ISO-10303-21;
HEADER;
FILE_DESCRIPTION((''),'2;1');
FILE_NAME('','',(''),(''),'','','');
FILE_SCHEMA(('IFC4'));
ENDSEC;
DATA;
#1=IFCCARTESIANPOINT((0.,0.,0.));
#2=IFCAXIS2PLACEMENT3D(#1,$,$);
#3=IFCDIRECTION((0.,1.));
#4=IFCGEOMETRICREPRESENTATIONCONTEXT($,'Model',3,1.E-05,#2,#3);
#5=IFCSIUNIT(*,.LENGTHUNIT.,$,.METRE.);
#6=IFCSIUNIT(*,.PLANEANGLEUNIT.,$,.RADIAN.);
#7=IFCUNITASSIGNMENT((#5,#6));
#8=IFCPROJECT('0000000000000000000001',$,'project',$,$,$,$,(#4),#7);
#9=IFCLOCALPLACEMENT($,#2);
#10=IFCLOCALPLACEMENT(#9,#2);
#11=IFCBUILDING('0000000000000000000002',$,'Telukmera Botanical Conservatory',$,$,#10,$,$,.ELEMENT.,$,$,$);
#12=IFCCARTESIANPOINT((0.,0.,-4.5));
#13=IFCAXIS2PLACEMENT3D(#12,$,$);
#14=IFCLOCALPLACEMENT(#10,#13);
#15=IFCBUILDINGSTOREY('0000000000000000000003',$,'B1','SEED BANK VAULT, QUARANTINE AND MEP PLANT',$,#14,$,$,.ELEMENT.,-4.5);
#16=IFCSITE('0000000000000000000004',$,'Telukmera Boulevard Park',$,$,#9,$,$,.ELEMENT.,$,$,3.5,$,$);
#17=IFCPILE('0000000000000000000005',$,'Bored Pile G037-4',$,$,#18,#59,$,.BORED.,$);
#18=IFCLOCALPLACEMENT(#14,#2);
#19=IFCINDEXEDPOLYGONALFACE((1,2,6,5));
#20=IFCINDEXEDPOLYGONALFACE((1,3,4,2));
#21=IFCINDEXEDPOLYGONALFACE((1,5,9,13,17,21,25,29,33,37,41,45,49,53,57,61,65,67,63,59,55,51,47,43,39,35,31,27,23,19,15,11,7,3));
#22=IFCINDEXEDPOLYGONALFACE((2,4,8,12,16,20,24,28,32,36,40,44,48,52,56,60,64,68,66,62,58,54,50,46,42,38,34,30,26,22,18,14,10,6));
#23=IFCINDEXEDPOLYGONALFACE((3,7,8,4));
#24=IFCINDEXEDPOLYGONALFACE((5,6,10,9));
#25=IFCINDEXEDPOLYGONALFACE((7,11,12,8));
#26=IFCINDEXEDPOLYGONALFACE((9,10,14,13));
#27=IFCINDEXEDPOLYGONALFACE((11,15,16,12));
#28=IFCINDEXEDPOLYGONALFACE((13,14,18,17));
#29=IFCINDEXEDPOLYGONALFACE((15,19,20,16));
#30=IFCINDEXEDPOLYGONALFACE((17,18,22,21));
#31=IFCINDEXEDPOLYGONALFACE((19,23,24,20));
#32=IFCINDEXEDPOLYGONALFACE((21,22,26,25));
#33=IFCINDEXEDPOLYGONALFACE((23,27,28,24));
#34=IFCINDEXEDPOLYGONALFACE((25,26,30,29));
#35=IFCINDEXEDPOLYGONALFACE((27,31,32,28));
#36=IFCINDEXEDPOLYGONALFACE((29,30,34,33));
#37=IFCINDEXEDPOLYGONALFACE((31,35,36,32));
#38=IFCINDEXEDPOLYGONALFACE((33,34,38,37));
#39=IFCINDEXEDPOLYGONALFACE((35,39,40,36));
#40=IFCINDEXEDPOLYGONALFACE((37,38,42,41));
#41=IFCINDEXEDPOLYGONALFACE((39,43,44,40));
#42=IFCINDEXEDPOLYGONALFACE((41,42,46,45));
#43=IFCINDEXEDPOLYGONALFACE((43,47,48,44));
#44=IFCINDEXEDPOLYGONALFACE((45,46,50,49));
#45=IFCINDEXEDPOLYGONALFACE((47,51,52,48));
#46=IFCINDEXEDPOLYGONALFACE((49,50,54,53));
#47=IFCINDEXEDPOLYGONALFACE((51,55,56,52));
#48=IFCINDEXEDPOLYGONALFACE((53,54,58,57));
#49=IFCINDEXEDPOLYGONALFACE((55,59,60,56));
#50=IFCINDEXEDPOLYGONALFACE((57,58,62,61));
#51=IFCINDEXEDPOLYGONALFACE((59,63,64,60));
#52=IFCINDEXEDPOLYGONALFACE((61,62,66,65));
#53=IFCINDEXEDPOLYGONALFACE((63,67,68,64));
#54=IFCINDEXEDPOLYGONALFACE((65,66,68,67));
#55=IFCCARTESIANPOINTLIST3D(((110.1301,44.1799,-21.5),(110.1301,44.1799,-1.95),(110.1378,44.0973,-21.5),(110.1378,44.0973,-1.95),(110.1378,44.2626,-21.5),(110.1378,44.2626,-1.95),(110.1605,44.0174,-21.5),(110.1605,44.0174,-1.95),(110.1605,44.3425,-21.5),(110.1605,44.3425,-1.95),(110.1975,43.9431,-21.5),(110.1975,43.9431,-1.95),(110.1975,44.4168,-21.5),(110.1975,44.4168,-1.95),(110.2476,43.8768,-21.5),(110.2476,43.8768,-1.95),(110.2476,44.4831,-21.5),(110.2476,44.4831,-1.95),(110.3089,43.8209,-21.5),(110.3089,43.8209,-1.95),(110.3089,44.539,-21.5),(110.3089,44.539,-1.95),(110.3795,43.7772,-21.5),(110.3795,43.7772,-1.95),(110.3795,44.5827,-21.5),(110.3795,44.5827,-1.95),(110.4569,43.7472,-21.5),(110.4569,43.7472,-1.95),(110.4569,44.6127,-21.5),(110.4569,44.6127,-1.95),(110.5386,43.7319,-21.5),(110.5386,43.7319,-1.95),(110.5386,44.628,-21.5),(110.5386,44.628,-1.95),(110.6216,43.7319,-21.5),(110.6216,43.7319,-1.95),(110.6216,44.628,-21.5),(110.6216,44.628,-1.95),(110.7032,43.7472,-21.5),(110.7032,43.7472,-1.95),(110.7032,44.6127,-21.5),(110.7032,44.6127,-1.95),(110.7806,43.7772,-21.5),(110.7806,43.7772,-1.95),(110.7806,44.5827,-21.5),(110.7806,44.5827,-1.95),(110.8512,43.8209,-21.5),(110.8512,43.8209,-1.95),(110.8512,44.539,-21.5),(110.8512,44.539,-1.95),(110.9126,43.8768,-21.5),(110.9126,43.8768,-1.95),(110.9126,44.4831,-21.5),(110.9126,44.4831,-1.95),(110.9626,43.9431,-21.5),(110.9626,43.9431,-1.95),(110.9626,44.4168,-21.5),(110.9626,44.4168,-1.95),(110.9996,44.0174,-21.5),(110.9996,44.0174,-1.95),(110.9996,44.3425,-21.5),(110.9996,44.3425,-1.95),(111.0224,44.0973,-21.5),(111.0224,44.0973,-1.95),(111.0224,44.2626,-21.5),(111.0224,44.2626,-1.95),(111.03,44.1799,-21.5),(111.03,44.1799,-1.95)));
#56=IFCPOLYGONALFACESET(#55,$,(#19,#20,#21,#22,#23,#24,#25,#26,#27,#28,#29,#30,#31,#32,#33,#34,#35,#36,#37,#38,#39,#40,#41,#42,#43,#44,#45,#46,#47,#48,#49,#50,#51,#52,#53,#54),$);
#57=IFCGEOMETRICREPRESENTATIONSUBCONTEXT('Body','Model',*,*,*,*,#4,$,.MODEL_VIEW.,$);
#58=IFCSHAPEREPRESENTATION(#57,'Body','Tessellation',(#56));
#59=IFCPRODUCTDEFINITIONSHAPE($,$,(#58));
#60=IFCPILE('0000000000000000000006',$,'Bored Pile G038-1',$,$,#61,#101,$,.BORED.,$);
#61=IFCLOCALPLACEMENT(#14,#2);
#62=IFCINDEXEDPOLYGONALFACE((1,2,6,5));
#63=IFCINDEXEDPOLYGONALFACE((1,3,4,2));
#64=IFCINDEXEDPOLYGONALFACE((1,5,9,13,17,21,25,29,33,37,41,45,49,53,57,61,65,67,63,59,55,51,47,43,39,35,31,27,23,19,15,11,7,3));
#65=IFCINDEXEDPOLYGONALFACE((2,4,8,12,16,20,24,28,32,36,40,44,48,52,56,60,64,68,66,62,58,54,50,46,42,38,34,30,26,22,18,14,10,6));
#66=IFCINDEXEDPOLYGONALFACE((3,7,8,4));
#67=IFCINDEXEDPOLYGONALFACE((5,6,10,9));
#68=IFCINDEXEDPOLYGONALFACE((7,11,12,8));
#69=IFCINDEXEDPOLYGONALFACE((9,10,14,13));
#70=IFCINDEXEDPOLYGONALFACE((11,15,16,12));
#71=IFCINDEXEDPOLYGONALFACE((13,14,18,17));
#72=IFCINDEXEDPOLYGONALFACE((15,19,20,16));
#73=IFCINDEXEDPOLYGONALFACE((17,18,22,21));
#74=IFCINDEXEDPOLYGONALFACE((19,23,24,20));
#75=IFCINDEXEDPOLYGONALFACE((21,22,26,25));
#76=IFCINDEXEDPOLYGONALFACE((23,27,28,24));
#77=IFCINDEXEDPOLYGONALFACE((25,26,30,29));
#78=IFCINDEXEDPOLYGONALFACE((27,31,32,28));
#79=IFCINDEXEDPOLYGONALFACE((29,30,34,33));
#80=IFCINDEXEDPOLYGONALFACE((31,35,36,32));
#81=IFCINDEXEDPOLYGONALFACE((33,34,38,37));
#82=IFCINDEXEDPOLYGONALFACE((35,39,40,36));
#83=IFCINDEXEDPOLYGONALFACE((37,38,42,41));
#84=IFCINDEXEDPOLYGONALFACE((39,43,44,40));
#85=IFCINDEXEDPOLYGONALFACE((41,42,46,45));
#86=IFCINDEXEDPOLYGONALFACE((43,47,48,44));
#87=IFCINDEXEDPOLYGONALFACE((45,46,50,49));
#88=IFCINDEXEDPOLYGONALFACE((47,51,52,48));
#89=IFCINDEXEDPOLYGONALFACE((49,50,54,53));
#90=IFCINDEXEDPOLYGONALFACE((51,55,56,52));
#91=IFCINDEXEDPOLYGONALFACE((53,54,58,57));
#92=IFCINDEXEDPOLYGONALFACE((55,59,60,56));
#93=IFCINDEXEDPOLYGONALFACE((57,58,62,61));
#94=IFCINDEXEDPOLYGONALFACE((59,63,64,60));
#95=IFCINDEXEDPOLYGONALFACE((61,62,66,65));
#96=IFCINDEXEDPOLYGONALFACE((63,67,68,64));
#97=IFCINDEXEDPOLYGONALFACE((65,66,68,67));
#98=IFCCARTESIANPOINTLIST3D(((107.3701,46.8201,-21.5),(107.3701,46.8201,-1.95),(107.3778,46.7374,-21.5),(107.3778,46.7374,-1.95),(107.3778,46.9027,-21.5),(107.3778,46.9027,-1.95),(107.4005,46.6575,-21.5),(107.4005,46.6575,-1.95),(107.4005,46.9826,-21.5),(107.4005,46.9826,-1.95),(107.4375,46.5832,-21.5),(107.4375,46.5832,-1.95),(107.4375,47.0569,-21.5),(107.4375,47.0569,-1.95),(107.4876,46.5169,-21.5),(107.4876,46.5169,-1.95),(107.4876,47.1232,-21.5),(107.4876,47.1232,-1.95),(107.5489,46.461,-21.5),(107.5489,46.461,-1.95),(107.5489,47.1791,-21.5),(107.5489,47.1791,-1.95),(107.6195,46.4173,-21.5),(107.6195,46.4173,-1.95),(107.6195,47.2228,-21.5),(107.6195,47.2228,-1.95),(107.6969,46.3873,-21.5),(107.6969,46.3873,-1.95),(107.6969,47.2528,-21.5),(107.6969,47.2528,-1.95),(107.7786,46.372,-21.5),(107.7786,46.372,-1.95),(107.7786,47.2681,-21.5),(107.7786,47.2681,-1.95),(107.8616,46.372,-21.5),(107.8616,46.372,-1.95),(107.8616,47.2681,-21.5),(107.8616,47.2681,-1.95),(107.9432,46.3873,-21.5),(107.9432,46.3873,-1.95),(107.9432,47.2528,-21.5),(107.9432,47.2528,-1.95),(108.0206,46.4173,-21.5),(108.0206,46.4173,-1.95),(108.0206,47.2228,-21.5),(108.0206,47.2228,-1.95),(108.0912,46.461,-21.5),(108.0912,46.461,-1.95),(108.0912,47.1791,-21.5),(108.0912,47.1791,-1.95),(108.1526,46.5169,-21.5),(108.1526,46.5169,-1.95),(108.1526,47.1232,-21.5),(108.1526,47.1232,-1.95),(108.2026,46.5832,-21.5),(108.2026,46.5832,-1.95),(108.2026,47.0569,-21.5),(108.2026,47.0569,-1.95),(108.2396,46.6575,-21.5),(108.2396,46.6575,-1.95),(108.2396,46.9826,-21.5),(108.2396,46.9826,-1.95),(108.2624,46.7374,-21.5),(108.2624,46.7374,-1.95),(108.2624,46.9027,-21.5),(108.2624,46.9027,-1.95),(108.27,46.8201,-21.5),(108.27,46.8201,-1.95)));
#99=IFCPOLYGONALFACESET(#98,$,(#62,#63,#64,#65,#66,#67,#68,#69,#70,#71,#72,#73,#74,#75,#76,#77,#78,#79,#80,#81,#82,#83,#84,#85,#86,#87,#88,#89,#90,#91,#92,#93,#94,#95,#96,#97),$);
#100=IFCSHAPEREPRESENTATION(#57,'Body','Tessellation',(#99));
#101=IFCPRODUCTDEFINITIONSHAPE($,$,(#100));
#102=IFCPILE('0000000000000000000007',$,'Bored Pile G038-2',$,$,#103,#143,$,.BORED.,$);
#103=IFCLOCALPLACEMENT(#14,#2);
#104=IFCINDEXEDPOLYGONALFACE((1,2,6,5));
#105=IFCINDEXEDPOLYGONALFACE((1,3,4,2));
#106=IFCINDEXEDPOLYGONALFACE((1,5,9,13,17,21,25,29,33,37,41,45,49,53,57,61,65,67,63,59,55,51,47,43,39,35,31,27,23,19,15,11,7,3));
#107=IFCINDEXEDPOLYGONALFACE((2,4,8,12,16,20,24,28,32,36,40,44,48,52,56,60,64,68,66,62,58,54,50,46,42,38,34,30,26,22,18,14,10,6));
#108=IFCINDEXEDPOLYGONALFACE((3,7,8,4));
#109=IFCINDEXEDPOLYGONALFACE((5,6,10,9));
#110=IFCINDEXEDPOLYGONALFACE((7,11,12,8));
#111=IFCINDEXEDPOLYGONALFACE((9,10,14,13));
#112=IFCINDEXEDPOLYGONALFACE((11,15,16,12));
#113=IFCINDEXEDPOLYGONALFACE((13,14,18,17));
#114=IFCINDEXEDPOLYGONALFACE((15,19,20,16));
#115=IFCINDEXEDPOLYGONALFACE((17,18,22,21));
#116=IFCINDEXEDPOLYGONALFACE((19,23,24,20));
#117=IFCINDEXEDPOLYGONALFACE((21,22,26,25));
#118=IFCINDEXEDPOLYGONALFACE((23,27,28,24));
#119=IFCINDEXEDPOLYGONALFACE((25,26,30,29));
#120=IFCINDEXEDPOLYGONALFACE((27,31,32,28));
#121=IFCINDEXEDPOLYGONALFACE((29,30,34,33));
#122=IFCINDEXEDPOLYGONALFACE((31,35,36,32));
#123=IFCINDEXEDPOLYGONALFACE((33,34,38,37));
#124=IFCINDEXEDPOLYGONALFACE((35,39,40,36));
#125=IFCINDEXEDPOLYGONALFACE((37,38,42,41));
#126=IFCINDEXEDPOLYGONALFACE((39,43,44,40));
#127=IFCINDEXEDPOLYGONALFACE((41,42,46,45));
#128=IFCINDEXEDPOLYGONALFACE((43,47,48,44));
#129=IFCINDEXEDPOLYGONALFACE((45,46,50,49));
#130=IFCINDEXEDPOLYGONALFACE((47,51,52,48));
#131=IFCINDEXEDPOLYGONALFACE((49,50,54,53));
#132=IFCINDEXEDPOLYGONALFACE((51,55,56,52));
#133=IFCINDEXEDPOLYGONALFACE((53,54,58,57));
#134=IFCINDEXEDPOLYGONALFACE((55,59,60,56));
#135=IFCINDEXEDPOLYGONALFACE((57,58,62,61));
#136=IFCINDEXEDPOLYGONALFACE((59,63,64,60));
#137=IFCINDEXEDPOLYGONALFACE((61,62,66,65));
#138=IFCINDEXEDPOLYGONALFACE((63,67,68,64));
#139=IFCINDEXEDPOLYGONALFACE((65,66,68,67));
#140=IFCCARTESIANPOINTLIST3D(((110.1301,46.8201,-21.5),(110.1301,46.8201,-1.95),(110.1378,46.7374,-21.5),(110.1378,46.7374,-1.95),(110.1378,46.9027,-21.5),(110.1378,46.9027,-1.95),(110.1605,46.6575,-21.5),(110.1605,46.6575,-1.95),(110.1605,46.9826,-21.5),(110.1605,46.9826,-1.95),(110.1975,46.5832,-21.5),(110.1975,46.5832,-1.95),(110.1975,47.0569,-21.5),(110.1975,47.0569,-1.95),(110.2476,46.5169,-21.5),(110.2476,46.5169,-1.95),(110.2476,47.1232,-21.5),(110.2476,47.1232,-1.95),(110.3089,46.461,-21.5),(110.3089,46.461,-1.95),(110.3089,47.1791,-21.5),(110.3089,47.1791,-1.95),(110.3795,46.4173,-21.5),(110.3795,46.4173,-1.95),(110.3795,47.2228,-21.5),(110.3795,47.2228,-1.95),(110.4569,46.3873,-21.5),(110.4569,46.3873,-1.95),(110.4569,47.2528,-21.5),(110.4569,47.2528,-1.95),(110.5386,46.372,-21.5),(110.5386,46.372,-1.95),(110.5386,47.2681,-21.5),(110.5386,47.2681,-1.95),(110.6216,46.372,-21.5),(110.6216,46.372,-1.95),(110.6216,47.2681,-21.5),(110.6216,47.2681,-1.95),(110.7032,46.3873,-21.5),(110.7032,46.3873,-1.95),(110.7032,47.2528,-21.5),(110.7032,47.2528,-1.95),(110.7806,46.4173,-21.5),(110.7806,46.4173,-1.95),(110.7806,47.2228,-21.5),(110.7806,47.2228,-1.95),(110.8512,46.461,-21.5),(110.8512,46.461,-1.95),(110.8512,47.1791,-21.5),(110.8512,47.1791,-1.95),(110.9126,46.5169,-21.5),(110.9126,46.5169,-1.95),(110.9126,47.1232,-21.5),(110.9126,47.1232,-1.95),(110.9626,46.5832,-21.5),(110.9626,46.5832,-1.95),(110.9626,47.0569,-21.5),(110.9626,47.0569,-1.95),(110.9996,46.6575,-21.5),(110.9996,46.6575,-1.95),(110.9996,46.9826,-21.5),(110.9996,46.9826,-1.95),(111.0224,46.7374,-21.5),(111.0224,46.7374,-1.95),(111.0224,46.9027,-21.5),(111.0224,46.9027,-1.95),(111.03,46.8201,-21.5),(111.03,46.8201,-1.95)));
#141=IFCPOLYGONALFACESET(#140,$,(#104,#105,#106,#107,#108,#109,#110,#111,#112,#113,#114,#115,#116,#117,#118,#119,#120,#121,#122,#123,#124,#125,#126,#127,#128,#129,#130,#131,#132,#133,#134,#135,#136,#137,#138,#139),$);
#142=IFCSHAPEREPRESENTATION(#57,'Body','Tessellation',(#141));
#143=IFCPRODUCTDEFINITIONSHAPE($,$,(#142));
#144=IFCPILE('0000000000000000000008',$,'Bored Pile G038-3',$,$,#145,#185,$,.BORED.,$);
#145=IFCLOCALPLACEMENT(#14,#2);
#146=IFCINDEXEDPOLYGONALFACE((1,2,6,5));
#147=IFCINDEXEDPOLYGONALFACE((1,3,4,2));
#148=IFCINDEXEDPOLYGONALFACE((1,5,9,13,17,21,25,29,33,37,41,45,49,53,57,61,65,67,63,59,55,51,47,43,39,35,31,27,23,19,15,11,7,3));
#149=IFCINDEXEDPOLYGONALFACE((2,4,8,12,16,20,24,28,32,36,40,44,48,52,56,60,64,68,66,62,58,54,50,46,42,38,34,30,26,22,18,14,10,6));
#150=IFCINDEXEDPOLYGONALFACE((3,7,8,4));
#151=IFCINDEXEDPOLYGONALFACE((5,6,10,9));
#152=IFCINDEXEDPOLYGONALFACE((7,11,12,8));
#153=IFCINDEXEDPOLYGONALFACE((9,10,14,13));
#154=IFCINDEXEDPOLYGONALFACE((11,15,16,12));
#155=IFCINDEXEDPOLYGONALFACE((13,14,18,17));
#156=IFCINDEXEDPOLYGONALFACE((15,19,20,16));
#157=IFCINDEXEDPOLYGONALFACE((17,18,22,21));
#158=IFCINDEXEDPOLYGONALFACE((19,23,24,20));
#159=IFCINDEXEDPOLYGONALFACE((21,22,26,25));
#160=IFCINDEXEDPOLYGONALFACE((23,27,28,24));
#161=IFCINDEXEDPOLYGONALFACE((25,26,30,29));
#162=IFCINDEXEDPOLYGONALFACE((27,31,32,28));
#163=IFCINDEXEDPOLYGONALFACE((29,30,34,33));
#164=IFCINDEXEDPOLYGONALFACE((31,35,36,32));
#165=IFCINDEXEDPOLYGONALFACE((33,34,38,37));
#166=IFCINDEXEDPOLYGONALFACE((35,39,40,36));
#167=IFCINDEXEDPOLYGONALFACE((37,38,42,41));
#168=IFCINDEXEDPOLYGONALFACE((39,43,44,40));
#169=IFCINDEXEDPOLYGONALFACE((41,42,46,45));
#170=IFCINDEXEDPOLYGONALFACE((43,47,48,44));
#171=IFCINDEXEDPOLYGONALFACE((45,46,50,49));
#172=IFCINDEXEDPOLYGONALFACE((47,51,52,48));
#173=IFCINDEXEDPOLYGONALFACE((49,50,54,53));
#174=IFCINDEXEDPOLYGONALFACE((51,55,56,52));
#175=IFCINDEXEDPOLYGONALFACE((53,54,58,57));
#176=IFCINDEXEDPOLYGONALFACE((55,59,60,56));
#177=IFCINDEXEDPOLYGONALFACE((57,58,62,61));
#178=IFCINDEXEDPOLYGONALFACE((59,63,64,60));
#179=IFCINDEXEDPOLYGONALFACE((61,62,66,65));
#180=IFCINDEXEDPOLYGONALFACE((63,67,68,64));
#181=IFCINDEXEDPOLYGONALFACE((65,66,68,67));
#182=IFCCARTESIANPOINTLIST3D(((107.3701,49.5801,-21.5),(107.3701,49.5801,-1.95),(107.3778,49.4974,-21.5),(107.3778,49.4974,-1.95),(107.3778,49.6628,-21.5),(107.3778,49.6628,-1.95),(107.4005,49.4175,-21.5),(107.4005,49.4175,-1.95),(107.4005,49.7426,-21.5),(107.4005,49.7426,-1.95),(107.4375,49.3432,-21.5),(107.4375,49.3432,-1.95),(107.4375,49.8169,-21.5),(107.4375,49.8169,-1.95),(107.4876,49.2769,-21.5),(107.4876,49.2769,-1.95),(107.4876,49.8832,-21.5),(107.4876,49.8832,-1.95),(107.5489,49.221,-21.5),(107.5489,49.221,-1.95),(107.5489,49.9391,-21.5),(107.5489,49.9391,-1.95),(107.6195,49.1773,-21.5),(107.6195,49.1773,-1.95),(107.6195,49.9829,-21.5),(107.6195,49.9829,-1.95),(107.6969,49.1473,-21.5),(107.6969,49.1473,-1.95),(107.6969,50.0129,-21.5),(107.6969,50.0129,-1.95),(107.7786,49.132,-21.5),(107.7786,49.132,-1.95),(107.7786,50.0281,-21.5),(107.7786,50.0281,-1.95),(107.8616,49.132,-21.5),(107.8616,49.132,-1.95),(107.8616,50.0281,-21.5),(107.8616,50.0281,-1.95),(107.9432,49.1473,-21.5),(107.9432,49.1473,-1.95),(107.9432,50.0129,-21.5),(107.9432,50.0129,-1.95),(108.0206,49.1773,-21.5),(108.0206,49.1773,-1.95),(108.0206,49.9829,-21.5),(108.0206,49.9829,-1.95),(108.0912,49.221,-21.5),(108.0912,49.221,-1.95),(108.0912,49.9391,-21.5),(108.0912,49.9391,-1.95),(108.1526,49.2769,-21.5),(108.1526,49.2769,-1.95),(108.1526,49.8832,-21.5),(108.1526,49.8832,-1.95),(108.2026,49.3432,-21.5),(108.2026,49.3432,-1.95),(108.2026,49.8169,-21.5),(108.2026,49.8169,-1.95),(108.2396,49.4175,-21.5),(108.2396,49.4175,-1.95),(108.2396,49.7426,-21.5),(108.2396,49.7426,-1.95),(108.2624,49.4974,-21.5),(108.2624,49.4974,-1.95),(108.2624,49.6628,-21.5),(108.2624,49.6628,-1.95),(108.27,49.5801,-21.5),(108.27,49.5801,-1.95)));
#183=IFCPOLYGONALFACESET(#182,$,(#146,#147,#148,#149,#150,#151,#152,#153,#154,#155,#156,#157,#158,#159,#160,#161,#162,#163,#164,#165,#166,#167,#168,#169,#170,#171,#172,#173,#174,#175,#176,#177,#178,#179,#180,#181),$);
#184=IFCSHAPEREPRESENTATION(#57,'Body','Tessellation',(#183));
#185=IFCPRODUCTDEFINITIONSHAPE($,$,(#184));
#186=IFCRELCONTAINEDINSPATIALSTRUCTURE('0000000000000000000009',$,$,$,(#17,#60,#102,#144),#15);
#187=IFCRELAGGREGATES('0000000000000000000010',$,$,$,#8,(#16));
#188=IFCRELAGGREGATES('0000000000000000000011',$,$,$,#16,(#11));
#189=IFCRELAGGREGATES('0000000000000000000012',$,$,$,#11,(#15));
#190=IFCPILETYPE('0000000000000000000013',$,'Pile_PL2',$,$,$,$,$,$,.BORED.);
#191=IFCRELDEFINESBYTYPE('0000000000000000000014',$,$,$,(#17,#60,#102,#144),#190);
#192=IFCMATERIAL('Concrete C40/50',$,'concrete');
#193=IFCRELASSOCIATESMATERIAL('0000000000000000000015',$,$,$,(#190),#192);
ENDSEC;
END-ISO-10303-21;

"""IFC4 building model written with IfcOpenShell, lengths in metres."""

from ifc_helpers import new_model, si_unit, direction, frame, origin, origin_2d, place, context, subcontext, project, spatial, circle, extrude, material, material_profile, profile_set, type_object, element, save


model = new_model("IFC4")

# Units and contexts
model_context = context("Model", 3, precision=1e-05, world=origin(), true_north=direction((0.0, 1.0)))
body_context = subcontext(model_context, "Body", "Model", "MODEL_VIEW")
ifc_project = project(units=[si_unit("LENGTHUNIT", "METRE"), si_unit("PLANEANGLEUNIT", "RADIAN")], contexts=[model_context])

# Site, building, storey
site_placement = place(None, origin())
site = spatial("IfcSite", under=ifc_project, at=site_placement, Name="Telukmera Boulevard Park", CompositionType="ELEMENT", RefElevation=3.5)
building_placement = place(site_placement, origin())
building = spatial("IfcBuilding", under=site, at=building_placement, Name="Telukmera Botanical Conservatory", CompositionType="ELEMENT")
storey_placement = place(building_placement, frame((0.0, 0.0, -4.5)))
storey = spatial("IfcBuildingStorey", under=building, at=storey_placement, Name="B1", Description="SEED BANK VAULT, QUARANTINE AND MEP PLANT", CompositionType="ELEMENT", Elevation=-4.5)

# Shared definitions
ifc_material_1 = material(Name="Concrete C40/50", Category="concrete")

# Piles
ifc_material_profile_1 = material_profile(ifc_material_1, circle(Radius=0.45, at=origin_2d()), Name="PILE D900")
ifc_profile_set_1 = profile_set([ifc_material_profile_1], Name="Concrete C40/50")
pile_type_1 = type_object("IfcPileType", Name="Pile_PL2", PredefinedType="BORED", material=ifc_profile_set_1)
for number, where, z_axis, x_axis, name in (
    (1, (110.5801, 44.1799, -1.95), (0.0, 0.0, -1.0), (1.0, 0.0, 0.0), "Bored Pile G037-4"),
    (2, (107.8201, 46.8201, -1.95), (0.0, 0.0, -1.0), (1.0, 0.0, 0.0), "Bored Pile G038-1"),
    (3, (110.5801, 46.8201, -1.95), (0.0, 0.0, -1.0), (1.0, 0.0, 0.0), "Bored Pile G038-2"),
    (4, (107.8201, 49.5801, -1.95), (0.0, 0.0, -1.0), (1.0, 0.0, 0.0), "Bored Pile G038-3"),
):
    element("IfcPile", number, at=place(storey_placement, frame(where, z_axis=z_axis, x_axis=x_axis)), inside=storey, type_object=pile_type_1, Name=name, PredefinedType="BORED", context=body_context, shape_type="SweptSolid", body=[
        extrude(circle(Radius=0.45, at=origin_2d()), origin(), (0.0, 0.0, 1.0), 19.55),
    ])

save(model, "model.ifc")
